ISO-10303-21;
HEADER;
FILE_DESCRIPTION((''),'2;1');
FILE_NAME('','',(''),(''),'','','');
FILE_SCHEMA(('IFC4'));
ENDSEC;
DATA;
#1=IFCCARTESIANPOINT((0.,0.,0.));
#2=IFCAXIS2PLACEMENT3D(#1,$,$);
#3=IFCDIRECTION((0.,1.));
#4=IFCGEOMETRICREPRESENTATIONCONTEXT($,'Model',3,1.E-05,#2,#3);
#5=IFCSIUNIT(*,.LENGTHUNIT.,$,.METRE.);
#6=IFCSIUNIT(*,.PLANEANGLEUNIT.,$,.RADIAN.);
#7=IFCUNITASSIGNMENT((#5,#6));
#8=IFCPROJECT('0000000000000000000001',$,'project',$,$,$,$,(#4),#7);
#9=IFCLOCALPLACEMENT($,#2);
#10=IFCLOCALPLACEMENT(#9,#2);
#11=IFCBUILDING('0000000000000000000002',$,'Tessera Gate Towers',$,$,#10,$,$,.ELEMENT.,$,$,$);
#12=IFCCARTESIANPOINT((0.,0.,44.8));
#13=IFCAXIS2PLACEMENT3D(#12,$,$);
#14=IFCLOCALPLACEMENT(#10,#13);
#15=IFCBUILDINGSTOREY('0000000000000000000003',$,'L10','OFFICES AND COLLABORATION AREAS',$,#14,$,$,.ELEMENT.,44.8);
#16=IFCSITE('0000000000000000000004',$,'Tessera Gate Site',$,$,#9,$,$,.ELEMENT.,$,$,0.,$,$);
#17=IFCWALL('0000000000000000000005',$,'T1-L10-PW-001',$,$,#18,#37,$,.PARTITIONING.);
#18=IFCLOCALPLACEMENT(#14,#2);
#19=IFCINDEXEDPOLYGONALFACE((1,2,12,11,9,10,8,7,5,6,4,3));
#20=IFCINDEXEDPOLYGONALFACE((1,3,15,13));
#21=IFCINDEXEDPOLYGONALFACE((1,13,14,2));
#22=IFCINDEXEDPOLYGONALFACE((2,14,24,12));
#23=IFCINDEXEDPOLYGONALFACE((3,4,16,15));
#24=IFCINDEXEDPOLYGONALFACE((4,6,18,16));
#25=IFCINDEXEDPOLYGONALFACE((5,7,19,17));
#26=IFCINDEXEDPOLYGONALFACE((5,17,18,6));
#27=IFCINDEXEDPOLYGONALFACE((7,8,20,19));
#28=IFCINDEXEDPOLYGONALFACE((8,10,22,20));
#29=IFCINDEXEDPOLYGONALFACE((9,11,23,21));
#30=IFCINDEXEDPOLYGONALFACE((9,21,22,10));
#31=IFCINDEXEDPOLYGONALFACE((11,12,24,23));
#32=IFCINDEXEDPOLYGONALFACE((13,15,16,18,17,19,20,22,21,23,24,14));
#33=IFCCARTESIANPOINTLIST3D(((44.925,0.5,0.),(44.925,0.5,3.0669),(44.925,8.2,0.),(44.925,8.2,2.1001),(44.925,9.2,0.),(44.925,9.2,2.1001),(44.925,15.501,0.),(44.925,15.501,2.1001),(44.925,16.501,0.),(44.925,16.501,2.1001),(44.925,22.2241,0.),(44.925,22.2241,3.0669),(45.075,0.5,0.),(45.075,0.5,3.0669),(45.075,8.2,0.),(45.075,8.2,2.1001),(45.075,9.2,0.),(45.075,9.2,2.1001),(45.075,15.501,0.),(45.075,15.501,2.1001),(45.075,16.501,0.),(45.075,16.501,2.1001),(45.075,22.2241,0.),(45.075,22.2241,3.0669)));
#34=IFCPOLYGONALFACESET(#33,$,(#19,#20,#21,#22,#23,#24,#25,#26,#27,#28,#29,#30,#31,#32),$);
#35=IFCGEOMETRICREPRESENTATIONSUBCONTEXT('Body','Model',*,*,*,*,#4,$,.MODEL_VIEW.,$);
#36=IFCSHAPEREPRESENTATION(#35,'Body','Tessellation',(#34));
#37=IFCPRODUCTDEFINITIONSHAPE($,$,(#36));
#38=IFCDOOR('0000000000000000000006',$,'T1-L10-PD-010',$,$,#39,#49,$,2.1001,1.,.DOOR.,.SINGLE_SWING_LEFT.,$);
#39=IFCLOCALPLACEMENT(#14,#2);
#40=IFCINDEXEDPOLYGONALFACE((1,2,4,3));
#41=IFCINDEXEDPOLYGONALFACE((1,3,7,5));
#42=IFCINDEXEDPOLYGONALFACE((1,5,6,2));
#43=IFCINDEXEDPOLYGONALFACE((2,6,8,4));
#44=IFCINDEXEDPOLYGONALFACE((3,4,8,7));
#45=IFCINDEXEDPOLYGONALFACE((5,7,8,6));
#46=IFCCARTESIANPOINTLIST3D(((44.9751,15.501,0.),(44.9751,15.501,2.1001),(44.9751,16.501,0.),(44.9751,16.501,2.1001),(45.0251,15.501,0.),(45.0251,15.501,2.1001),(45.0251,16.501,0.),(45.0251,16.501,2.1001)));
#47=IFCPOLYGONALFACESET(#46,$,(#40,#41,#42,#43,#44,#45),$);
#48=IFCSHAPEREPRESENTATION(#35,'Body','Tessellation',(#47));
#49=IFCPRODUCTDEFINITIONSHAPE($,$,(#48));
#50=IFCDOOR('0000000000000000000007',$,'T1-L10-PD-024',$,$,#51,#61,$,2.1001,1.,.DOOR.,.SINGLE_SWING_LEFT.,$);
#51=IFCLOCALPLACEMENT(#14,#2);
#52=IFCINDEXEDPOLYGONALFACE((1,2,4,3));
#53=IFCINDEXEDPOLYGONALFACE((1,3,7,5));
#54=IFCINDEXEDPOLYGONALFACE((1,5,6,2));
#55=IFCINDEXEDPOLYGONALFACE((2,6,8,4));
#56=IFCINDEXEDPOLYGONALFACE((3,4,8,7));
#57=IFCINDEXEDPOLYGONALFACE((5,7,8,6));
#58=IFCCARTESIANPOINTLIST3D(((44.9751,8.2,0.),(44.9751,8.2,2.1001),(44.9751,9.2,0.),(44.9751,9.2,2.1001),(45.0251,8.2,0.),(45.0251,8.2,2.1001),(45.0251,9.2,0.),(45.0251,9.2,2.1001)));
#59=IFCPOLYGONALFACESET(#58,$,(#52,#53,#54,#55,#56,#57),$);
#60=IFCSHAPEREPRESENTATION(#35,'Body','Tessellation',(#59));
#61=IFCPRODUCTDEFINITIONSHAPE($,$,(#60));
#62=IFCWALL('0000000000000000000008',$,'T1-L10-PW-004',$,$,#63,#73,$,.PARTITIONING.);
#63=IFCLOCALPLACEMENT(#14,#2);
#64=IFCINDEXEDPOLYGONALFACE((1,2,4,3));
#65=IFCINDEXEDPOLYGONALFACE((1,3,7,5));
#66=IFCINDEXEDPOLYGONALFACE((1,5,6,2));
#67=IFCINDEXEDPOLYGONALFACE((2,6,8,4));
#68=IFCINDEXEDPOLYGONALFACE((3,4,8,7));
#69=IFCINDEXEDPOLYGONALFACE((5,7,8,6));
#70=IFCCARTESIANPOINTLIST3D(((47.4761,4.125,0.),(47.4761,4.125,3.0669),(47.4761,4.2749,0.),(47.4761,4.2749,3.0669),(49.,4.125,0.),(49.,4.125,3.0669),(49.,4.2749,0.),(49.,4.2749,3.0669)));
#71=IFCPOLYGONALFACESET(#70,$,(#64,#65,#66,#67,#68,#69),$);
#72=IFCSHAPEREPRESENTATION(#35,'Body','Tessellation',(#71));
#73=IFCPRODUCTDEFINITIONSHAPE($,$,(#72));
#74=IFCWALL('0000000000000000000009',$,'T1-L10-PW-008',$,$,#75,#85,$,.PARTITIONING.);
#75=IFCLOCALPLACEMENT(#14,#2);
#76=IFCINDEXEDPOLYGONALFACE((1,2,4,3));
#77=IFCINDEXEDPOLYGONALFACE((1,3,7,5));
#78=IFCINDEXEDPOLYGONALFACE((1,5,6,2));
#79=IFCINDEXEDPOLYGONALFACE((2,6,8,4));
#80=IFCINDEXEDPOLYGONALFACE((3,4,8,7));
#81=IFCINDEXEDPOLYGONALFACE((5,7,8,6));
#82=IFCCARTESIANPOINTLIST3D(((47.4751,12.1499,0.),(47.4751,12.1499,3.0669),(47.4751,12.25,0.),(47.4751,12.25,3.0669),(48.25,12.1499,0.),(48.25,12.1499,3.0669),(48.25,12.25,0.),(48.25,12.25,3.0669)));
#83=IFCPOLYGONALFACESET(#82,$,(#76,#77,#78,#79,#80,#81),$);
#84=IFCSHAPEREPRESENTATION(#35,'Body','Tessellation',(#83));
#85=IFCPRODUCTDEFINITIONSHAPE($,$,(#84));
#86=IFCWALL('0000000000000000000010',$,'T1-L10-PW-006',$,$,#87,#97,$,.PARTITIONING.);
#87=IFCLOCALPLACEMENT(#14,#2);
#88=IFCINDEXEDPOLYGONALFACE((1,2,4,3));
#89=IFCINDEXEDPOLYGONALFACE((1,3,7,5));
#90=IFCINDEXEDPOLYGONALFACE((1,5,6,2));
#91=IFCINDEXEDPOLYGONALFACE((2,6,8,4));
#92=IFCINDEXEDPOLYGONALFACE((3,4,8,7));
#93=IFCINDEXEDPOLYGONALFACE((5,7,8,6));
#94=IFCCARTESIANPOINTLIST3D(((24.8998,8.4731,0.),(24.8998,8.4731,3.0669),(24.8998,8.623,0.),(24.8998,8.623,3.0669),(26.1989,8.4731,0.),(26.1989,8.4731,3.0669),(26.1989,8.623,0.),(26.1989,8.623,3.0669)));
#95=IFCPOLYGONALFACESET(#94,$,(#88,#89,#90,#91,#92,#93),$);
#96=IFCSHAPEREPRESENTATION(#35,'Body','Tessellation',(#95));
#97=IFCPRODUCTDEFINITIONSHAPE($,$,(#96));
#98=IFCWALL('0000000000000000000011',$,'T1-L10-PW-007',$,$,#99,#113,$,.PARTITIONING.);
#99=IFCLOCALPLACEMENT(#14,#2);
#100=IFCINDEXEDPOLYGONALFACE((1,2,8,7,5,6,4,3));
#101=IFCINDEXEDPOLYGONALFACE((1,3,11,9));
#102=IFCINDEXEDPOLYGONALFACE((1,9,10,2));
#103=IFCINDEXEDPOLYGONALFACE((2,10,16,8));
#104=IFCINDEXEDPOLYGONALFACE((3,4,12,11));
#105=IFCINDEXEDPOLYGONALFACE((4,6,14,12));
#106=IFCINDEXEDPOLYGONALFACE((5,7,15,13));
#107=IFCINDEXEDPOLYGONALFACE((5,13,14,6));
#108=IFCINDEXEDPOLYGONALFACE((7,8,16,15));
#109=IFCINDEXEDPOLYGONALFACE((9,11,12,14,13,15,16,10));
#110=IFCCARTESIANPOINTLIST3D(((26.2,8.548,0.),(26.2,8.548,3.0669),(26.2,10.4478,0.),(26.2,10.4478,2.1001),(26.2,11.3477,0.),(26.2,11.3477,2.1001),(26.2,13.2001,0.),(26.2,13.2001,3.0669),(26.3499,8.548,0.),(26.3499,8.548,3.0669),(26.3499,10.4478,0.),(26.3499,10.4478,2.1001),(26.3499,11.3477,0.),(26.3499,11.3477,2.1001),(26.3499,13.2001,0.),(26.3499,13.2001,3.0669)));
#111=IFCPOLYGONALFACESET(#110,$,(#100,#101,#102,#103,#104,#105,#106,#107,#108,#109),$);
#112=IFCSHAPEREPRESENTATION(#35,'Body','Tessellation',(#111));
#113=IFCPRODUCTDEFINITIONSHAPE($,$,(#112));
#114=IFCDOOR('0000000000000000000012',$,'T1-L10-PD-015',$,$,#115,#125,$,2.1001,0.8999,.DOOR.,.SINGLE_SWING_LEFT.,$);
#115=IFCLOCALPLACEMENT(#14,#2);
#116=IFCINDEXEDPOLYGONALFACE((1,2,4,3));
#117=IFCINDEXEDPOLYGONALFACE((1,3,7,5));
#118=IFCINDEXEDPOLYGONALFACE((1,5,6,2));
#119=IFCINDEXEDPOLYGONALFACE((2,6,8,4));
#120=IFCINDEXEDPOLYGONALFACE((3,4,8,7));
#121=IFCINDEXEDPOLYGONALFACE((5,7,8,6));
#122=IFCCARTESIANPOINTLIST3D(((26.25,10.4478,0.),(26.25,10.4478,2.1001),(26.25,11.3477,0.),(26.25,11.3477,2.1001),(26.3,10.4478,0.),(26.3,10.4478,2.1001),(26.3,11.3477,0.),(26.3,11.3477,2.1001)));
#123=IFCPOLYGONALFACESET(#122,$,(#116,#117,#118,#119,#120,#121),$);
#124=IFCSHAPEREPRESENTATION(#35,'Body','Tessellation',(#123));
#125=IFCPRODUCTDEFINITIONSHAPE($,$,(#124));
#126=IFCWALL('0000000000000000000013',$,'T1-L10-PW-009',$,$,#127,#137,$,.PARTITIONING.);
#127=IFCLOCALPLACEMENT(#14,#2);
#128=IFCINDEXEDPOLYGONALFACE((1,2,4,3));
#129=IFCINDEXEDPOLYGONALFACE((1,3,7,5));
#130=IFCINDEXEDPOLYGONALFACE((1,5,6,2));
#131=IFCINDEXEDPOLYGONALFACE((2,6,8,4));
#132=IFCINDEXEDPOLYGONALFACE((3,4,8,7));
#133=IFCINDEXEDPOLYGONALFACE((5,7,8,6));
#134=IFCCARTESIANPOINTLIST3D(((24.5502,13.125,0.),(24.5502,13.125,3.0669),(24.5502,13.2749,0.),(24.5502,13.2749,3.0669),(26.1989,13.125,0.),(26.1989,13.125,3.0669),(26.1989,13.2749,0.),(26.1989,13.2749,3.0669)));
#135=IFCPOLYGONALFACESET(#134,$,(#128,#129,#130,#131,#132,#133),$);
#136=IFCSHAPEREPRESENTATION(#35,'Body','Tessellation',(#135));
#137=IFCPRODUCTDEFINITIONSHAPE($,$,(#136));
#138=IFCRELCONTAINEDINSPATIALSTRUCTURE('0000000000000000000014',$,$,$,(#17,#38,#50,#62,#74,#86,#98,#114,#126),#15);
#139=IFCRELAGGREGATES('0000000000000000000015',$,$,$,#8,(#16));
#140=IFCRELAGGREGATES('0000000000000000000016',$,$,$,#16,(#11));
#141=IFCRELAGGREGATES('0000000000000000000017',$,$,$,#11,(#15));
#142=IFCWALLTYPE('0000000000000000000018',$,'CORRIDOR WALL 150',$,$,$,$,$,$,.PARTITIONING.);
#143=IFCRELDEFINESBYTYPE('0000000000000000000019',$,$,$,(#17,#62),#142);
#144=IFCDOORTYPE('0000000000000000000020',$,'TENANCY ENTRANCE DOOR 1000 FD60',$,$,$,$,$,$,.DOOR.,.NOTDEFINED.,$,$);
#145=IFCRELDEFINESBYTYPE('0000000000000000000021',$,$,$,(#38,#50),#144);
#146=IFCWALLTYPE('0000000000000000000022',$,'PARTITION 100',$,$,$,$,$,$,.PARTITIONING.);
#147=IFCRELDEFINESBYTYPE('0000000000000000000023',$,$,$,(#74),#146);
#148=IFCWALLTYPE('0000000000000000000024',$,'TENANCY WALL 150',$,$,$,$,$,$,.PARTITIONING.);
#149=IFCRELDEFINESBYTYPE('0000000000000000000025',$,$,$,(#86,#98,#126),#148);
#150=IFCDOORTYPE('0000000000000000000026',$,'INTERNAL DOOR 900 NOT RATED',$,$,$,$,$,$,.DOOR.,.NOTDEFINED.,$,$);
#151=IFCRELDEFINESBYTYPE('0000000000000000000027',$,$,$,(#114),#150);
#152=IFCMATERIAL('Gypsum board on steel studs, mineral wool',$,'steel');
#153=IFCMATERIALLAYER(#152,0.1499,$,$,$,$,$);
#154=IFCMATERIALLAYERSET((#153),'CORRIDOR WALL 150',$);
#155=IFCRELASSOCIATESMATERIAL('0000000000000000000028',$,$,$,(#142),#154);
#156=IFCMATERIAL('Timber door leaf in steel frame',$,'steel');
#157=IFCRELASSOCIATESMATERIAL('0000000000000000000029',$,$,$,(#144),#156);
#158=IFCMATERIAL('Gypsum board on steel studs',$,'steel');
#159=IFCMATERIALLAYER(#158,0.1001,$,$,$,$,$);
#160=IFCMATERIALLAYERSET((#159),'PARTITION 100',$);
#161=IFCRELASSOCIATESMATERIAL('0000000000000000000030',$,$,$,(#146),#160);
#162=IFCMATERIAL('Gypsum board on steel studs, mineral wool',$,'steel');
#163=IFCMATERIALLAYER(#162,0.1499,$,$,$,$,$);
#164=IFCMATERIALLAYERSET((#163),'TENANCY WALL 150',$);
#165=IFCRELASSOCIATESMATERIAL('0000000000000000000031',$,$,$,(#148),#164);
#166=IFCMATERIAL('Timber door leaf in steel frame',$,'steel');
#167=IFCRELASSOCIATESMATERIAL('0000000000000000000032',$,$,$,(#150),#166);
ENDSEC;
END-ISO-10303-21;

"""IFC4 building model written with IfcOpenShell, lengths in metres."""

from ifc_helpers import new_model, si_unit, direction, frame, frame_2d, origin, place, context, subcontext, project, spatial, rectangle, extrude, source, transform, mapped, material, layer, layer_set, type_object, element, fill, save


model = new_model("IFC4")

# Units and contexts
model_context = context("Model", 3, precision=1e-05, world=origin(), true_north=direction((0.0, 1.0)))
body_context = subcontext(model_context, "Body", "Model", "MODEL_VIEW")
ifc_project = project(units=[si_unit("LENGTHUNIT", "METRE"), si_unit("PLANEANGLEUNIT", "RADIAN")], contexts=[model_context])

# Site, building, storey
site_placement = place(None, origin())
site = spatial("IfcSite", under=ifc_project, at=site_placement, Name="Tessera Gate Site", CompositionType="ELEMENT", RefElevation=0.0)
building_placement = place(site_placement, origin())
building = spatial("IfcBuilding", under=site, at=building_placement, Name="Tessera Gate Towers", CompositionType="ELEMENT")
storey_placement = place(building_placement, frame((0.0, 0.0, 44.8)))
storey = spatial("IfcBuildingStorey", under=building, at=storey_placement, Name="L10", Description="OFFICES AND COLLABORATION AREAS", CompositionType="ELEMENT", Elevation=44.8)

# Wall, openings, doors
ifc_material_1 = material(Name="Gypsum board on steel studs, mineral wool", Category="steel")
ifc_layer_1 = layer(ifc_material_1, 0.1499)
ifc_layer_set_1 = layer_set([ifc_layer_1], Name="CORRIDOR WALL 150")
wall_type_1 = type_object("IfcWallType", Name="CORRIDOR WALL 150", PredefinedType="PARTITIONING", material=ifc_layer_set_1)
wall_1_placement = place(storey_placement, frame((45.0, 0.5, 0.0), z_axis=(0.0, 0.0, 1.0), x_axis=(0.0, 1.0, 0.0)))
wall_1 = element("IfcWall", 1, at=wall_1_placement, inside=storey, type_object=wall_type_1, Name="T1-L10-PW-001", PredefinedType="PARTITIONING", context=body_context, shape_type="SweptSolid", body=[
    extrude(rectangle(XDim=21.7241, YDim=0.1499, at=frame_2d((10.8621, 0.0))), origin(), (0.0, 0.0, 1.0), 3.0669),
])
shared_shape_1 = source(origin(), body_context, "Body", "SweptSolid", [
    extrude(rectangle(XDim=1.0, YDim=2.1001, at=frame_2d((0.5, 1.05))), frame((0.0, 0.085, 0.0), z_axis=(0.0, -1.0, 0.0), x_axis=(1.0, 0.0, 0.0)), (0.0, 0.0, 1.0), 0.1699),
])
opening_1_placement = place(wall_1_placement, frame((15.001, 0.0, 0.0)))
opening_1 = element("IfcOpeningElement", 2, at=opening_1_placement, cuts=wall_1, PredefinedType="OPENING", context=body_context, shape_type="MappedRepresentation", body=[
    mapped(shared_shape_1, transform((0.0, 0.0, 0.0), scale=1.0)),
])
opening_2_placement = place(wall_1_placement, frame((7.7, 0.0, 0.0)))
opening_2 = element("IfcOpeningElement", 3, at=opening_2_placement, cuts=wall_1, PredefinedType="OPENING", context=body_context, shape_type="MappedRepresentation", body=[
    mapped(shared_shape_1, transform((0.0, 0.0, 0.0), scale=1.0)),
])
ifc_material_2 = material(Name="Timber door leaf in steel frame", Category="steel")
door_type_1 = type_object("IfcDoorType", Name="TENANCY ENTRANCE DOOR 1000 FD60", OperationType="NOTDEFINED", PredefinedType="DOOR", material=ifc_material_2)
shared_shape_2 = source(origin(), body_context, "Body", "SweptSolid", [
    extrude(rectangle(XDim=1.0, YDim=2.1001, at=frame_2d((0.5, 1.05))), frame((0.0, 0.0249, 0.0), z_axis=(0.0, -1.0, 0.0), x_axis=(1.0, 0.0, 0.0)), (0.0, 0.0, 1.0), 0.05),
])
door_1_placement = place(opening_1_placement, origin())
door_1 = element("IfcDoor", 4, at=door_1_placement, inside=storey, type_object=door_type_1, Name="T1-L10-PD-010", OperationType="SINGLE_SWING_LEFT", OverallHeight=2.1001, OverallWidth=1.0, PredefinedType="DOOR", context=body_context, shape_type="MappedRepresentation", body=[
    mapped(shared_shape_2, transform((0.0, 0.0, 0.0), scale=1.0)),
])
fill(opening_1, door_1)
door_2_placement = place(opening_2_placement, origin())
door_2 = element("IfcDoor", 5, at=door_2_placement, inside=storey, type_object=door_type_1, Name="T1-L10-PD-024", OperationType="SINGLE_SWING_LEFT", OverallHeight=2.1001, OverallWidth=1.0, PredefinedType="DOOR", context=body_context, shape_type="MappedRepresentation", body=[
    mapped(shared_shape_2, transform((0.0, 0.0, 0.0), scale=1.0)),
])
fill(opening_2, door_2)

# Walls
wall_2_placement = place(storey_placement, frame((47.4761, 4.2, 0.0), z_axis=(0.0, 0.0, 1.0), x_axis=(1.0, 0.0, 0.0)))
element("IfcWall", 6, at=wall_2_placement, inside=storey, type_object=wall_type_1, Name="T1-L10-PW-004", PredefinedType="PARTITIONING", context=body_context, shape_type="SweptSolid", body=[
    extrude(rectangle(XDim=1.5239, YDim=0.1499, at=frame_2d((0.762, 0.0))), origin(), (0.0, 0.0, 1.0), 3.0669),
])
ifc_material_3 = material(Name="Gypsum board on steel studs", Category="steel")
ifc_layer_2 = layer(ifc_material_3, 0.1001)
ifc_layer_set_2 = layer_set([ifc_layer_2], Name="PARTITION 100")
wall_type_2 = type_object("IfcWallType", Name="PARTITION 100", PredefinedType="PARTITIONING", material=ifc_layer_set_2)
wall_3_placement = place(storey_placement, frame((48.25, 12.2, 0.0), z_axis=(0.0, 0.0, 1.0), x_axis=(-1.0, 0.0, 0.0)))
element("IfcWall", 7, at=wall_3_placement, inside=storey, type_object=wall_type_2, Name="T1-L10-PW-008", PredefinedType="PARTITIONING", context=body_context, shape_type="SweptSolid", body=[
    extrude(rectangle(XDim=0.7749, YDim=0.1001, at=frame_2d((0.3875, 0.0))), origin(), (0.0, 0.0, 1.0), 3.0669),
])
ifc_material_4 = material(Name="Gypsum board on steel studs, mineral wool", Category="steel")
ifc_layer_3 = layer(ifc_material_4, 0.1499)
ifc_layer_set_3 = layer_set([ifc_layer_3], Name="TENANCY WALL 150")
wall_type_3 = type_object("IfcWallType", Name="TENANCY WALL 150", PredefinedType="PARTITIONING", material=ifc_layer_set_3)
wall_4_placement = place(storey_placement, frame((24.8999, 8.5481, 0.0), z_axis=(0.0, 0.0, 1.0), x_axis=(1.0, 0.0, 0.0)))
element("IfcWall", 8, at=wall_4_placement, inside=storey, type_object=wall_type_3, Name="T1-L10-PW-006", PredefinedType="PARTITIONING", context=body_context, shape_type="SweptSolid", body=[
    extrude(rectangle(XDim=1.2991, YDim=0.1499, at=frame_2d((0.6494, 0.0))), origin(), (0.0, 0.0, 1.0), 3.0669),
])

# Wall, opening, door
wall_5_placement = place(storey_placement, frame((26.2749, 8.5479, 0.0), z_axis=(0.0, 0.0, 1.0), x_axis=(0.0, 1.0, 0.0)))
wall_5 = element("IfcWall", 9, at=wall_5_placement, inside=storey, type_object=wall_type_3, Name="T1-L10-PW-007", PredefinedType="PARTITIONING", context=body_context, shape_type="SweptSolid", body=[
    extrude(rectangle(XDim=4.6521, YDim=0.1499, at=frame_2d((2.3262, 0.0))), origin(), (0.0, 0.0, 1.0), 3.0669),
])
shared_shape_3 = source(origin(), body_context, "Body", "SweptSolid", [
    extrude(rectangle(XDim=0.8999, YDim=2.1001, at=frame_2d((0.45, 1.05))), frame((0.0, 0.085, 0.0), z_axis=(0.0, -1.0, 0.0), x_axis=(1.0, 0.0, 0.0)), (0.0, 0.0, 1.0), 0.1699),
])
opening_3_placement = place(wall_5_placement, frame((1.8999, 0.0, 0.0)))
opening_3 = element("IfcOpeningElement", 10, at=opening_3_placement, cuts=wall_5, PredefinedType="OPENING", context=body_context, shape_type="MappedRepresentation", body=[
    mapped(shared_shape_3, transform((0.0, 0.0, 0.0), scale=1.0)),
])
ifc_material_5 = material(Name="Timber door leaf in steel frame", Category="steel")
door_type_2 = type_object("IfcDoorType", Name="INTERNAL DOOR 900 NOT RATED", OperationType="NOTDEFINED", PredefinedType="DOOR", material=ifc_material_5)
shared_shape_4 = source(origin(), body_context, "Body", "SweptSolid", [
    extrude(rectangle(XDim=0.8999, YDim=2.1001, at=frame_2d((0.45, 1.05))), frame((0.0, 0.0249, 0.0), z_axis=(0.0, -1.0, 0.0), x_axis=(1.0, 0.0, 0.0)), (0.0, 0.0, 1.0), 0.05),
])
door_3_placement = place(opening_3_placement, origin())
door_3 = element("IfcDoor", 11, at=door_3_placement, inside=storey, type_object=door_type_2, Name="T1-L10-PD-015", OperationType="SINGLE_SWING_LEFT", OverallHeight=2.1001, OverallWidth=0.8999, PredefinedType="DOOR", context=body_context, shape_type="MappedRepresentation", body=[
    mapped(shared_shape_4, transform((0.0, 0.0, 0.0), scale=1.0)),
])
fill(opening_3, door_3)

# Wall
wall_6_placement = place(storey_placement, frame((24.5503, 13.2, 0.0), z_axis=(0.0, 0.0, 1.0), x_axis=(1.0, 0.0, 0.0)))
element("IfcWall", 12, at=wall_6_placement, inside=storey, type_object=wall_type_3, Name="T1-L10-PW-009", PredefinedType="PARTITIONING", context=body_context, shape_type="SweptSolid", body=[
    extrude(rectangle(XDim=1.6487, YDim=0.1499, at=frame_2d((0.8242, 0.0))), origin(), (0.0, 0.0, 1.0), 3.0669),
])

save(model, "model.ifc")
